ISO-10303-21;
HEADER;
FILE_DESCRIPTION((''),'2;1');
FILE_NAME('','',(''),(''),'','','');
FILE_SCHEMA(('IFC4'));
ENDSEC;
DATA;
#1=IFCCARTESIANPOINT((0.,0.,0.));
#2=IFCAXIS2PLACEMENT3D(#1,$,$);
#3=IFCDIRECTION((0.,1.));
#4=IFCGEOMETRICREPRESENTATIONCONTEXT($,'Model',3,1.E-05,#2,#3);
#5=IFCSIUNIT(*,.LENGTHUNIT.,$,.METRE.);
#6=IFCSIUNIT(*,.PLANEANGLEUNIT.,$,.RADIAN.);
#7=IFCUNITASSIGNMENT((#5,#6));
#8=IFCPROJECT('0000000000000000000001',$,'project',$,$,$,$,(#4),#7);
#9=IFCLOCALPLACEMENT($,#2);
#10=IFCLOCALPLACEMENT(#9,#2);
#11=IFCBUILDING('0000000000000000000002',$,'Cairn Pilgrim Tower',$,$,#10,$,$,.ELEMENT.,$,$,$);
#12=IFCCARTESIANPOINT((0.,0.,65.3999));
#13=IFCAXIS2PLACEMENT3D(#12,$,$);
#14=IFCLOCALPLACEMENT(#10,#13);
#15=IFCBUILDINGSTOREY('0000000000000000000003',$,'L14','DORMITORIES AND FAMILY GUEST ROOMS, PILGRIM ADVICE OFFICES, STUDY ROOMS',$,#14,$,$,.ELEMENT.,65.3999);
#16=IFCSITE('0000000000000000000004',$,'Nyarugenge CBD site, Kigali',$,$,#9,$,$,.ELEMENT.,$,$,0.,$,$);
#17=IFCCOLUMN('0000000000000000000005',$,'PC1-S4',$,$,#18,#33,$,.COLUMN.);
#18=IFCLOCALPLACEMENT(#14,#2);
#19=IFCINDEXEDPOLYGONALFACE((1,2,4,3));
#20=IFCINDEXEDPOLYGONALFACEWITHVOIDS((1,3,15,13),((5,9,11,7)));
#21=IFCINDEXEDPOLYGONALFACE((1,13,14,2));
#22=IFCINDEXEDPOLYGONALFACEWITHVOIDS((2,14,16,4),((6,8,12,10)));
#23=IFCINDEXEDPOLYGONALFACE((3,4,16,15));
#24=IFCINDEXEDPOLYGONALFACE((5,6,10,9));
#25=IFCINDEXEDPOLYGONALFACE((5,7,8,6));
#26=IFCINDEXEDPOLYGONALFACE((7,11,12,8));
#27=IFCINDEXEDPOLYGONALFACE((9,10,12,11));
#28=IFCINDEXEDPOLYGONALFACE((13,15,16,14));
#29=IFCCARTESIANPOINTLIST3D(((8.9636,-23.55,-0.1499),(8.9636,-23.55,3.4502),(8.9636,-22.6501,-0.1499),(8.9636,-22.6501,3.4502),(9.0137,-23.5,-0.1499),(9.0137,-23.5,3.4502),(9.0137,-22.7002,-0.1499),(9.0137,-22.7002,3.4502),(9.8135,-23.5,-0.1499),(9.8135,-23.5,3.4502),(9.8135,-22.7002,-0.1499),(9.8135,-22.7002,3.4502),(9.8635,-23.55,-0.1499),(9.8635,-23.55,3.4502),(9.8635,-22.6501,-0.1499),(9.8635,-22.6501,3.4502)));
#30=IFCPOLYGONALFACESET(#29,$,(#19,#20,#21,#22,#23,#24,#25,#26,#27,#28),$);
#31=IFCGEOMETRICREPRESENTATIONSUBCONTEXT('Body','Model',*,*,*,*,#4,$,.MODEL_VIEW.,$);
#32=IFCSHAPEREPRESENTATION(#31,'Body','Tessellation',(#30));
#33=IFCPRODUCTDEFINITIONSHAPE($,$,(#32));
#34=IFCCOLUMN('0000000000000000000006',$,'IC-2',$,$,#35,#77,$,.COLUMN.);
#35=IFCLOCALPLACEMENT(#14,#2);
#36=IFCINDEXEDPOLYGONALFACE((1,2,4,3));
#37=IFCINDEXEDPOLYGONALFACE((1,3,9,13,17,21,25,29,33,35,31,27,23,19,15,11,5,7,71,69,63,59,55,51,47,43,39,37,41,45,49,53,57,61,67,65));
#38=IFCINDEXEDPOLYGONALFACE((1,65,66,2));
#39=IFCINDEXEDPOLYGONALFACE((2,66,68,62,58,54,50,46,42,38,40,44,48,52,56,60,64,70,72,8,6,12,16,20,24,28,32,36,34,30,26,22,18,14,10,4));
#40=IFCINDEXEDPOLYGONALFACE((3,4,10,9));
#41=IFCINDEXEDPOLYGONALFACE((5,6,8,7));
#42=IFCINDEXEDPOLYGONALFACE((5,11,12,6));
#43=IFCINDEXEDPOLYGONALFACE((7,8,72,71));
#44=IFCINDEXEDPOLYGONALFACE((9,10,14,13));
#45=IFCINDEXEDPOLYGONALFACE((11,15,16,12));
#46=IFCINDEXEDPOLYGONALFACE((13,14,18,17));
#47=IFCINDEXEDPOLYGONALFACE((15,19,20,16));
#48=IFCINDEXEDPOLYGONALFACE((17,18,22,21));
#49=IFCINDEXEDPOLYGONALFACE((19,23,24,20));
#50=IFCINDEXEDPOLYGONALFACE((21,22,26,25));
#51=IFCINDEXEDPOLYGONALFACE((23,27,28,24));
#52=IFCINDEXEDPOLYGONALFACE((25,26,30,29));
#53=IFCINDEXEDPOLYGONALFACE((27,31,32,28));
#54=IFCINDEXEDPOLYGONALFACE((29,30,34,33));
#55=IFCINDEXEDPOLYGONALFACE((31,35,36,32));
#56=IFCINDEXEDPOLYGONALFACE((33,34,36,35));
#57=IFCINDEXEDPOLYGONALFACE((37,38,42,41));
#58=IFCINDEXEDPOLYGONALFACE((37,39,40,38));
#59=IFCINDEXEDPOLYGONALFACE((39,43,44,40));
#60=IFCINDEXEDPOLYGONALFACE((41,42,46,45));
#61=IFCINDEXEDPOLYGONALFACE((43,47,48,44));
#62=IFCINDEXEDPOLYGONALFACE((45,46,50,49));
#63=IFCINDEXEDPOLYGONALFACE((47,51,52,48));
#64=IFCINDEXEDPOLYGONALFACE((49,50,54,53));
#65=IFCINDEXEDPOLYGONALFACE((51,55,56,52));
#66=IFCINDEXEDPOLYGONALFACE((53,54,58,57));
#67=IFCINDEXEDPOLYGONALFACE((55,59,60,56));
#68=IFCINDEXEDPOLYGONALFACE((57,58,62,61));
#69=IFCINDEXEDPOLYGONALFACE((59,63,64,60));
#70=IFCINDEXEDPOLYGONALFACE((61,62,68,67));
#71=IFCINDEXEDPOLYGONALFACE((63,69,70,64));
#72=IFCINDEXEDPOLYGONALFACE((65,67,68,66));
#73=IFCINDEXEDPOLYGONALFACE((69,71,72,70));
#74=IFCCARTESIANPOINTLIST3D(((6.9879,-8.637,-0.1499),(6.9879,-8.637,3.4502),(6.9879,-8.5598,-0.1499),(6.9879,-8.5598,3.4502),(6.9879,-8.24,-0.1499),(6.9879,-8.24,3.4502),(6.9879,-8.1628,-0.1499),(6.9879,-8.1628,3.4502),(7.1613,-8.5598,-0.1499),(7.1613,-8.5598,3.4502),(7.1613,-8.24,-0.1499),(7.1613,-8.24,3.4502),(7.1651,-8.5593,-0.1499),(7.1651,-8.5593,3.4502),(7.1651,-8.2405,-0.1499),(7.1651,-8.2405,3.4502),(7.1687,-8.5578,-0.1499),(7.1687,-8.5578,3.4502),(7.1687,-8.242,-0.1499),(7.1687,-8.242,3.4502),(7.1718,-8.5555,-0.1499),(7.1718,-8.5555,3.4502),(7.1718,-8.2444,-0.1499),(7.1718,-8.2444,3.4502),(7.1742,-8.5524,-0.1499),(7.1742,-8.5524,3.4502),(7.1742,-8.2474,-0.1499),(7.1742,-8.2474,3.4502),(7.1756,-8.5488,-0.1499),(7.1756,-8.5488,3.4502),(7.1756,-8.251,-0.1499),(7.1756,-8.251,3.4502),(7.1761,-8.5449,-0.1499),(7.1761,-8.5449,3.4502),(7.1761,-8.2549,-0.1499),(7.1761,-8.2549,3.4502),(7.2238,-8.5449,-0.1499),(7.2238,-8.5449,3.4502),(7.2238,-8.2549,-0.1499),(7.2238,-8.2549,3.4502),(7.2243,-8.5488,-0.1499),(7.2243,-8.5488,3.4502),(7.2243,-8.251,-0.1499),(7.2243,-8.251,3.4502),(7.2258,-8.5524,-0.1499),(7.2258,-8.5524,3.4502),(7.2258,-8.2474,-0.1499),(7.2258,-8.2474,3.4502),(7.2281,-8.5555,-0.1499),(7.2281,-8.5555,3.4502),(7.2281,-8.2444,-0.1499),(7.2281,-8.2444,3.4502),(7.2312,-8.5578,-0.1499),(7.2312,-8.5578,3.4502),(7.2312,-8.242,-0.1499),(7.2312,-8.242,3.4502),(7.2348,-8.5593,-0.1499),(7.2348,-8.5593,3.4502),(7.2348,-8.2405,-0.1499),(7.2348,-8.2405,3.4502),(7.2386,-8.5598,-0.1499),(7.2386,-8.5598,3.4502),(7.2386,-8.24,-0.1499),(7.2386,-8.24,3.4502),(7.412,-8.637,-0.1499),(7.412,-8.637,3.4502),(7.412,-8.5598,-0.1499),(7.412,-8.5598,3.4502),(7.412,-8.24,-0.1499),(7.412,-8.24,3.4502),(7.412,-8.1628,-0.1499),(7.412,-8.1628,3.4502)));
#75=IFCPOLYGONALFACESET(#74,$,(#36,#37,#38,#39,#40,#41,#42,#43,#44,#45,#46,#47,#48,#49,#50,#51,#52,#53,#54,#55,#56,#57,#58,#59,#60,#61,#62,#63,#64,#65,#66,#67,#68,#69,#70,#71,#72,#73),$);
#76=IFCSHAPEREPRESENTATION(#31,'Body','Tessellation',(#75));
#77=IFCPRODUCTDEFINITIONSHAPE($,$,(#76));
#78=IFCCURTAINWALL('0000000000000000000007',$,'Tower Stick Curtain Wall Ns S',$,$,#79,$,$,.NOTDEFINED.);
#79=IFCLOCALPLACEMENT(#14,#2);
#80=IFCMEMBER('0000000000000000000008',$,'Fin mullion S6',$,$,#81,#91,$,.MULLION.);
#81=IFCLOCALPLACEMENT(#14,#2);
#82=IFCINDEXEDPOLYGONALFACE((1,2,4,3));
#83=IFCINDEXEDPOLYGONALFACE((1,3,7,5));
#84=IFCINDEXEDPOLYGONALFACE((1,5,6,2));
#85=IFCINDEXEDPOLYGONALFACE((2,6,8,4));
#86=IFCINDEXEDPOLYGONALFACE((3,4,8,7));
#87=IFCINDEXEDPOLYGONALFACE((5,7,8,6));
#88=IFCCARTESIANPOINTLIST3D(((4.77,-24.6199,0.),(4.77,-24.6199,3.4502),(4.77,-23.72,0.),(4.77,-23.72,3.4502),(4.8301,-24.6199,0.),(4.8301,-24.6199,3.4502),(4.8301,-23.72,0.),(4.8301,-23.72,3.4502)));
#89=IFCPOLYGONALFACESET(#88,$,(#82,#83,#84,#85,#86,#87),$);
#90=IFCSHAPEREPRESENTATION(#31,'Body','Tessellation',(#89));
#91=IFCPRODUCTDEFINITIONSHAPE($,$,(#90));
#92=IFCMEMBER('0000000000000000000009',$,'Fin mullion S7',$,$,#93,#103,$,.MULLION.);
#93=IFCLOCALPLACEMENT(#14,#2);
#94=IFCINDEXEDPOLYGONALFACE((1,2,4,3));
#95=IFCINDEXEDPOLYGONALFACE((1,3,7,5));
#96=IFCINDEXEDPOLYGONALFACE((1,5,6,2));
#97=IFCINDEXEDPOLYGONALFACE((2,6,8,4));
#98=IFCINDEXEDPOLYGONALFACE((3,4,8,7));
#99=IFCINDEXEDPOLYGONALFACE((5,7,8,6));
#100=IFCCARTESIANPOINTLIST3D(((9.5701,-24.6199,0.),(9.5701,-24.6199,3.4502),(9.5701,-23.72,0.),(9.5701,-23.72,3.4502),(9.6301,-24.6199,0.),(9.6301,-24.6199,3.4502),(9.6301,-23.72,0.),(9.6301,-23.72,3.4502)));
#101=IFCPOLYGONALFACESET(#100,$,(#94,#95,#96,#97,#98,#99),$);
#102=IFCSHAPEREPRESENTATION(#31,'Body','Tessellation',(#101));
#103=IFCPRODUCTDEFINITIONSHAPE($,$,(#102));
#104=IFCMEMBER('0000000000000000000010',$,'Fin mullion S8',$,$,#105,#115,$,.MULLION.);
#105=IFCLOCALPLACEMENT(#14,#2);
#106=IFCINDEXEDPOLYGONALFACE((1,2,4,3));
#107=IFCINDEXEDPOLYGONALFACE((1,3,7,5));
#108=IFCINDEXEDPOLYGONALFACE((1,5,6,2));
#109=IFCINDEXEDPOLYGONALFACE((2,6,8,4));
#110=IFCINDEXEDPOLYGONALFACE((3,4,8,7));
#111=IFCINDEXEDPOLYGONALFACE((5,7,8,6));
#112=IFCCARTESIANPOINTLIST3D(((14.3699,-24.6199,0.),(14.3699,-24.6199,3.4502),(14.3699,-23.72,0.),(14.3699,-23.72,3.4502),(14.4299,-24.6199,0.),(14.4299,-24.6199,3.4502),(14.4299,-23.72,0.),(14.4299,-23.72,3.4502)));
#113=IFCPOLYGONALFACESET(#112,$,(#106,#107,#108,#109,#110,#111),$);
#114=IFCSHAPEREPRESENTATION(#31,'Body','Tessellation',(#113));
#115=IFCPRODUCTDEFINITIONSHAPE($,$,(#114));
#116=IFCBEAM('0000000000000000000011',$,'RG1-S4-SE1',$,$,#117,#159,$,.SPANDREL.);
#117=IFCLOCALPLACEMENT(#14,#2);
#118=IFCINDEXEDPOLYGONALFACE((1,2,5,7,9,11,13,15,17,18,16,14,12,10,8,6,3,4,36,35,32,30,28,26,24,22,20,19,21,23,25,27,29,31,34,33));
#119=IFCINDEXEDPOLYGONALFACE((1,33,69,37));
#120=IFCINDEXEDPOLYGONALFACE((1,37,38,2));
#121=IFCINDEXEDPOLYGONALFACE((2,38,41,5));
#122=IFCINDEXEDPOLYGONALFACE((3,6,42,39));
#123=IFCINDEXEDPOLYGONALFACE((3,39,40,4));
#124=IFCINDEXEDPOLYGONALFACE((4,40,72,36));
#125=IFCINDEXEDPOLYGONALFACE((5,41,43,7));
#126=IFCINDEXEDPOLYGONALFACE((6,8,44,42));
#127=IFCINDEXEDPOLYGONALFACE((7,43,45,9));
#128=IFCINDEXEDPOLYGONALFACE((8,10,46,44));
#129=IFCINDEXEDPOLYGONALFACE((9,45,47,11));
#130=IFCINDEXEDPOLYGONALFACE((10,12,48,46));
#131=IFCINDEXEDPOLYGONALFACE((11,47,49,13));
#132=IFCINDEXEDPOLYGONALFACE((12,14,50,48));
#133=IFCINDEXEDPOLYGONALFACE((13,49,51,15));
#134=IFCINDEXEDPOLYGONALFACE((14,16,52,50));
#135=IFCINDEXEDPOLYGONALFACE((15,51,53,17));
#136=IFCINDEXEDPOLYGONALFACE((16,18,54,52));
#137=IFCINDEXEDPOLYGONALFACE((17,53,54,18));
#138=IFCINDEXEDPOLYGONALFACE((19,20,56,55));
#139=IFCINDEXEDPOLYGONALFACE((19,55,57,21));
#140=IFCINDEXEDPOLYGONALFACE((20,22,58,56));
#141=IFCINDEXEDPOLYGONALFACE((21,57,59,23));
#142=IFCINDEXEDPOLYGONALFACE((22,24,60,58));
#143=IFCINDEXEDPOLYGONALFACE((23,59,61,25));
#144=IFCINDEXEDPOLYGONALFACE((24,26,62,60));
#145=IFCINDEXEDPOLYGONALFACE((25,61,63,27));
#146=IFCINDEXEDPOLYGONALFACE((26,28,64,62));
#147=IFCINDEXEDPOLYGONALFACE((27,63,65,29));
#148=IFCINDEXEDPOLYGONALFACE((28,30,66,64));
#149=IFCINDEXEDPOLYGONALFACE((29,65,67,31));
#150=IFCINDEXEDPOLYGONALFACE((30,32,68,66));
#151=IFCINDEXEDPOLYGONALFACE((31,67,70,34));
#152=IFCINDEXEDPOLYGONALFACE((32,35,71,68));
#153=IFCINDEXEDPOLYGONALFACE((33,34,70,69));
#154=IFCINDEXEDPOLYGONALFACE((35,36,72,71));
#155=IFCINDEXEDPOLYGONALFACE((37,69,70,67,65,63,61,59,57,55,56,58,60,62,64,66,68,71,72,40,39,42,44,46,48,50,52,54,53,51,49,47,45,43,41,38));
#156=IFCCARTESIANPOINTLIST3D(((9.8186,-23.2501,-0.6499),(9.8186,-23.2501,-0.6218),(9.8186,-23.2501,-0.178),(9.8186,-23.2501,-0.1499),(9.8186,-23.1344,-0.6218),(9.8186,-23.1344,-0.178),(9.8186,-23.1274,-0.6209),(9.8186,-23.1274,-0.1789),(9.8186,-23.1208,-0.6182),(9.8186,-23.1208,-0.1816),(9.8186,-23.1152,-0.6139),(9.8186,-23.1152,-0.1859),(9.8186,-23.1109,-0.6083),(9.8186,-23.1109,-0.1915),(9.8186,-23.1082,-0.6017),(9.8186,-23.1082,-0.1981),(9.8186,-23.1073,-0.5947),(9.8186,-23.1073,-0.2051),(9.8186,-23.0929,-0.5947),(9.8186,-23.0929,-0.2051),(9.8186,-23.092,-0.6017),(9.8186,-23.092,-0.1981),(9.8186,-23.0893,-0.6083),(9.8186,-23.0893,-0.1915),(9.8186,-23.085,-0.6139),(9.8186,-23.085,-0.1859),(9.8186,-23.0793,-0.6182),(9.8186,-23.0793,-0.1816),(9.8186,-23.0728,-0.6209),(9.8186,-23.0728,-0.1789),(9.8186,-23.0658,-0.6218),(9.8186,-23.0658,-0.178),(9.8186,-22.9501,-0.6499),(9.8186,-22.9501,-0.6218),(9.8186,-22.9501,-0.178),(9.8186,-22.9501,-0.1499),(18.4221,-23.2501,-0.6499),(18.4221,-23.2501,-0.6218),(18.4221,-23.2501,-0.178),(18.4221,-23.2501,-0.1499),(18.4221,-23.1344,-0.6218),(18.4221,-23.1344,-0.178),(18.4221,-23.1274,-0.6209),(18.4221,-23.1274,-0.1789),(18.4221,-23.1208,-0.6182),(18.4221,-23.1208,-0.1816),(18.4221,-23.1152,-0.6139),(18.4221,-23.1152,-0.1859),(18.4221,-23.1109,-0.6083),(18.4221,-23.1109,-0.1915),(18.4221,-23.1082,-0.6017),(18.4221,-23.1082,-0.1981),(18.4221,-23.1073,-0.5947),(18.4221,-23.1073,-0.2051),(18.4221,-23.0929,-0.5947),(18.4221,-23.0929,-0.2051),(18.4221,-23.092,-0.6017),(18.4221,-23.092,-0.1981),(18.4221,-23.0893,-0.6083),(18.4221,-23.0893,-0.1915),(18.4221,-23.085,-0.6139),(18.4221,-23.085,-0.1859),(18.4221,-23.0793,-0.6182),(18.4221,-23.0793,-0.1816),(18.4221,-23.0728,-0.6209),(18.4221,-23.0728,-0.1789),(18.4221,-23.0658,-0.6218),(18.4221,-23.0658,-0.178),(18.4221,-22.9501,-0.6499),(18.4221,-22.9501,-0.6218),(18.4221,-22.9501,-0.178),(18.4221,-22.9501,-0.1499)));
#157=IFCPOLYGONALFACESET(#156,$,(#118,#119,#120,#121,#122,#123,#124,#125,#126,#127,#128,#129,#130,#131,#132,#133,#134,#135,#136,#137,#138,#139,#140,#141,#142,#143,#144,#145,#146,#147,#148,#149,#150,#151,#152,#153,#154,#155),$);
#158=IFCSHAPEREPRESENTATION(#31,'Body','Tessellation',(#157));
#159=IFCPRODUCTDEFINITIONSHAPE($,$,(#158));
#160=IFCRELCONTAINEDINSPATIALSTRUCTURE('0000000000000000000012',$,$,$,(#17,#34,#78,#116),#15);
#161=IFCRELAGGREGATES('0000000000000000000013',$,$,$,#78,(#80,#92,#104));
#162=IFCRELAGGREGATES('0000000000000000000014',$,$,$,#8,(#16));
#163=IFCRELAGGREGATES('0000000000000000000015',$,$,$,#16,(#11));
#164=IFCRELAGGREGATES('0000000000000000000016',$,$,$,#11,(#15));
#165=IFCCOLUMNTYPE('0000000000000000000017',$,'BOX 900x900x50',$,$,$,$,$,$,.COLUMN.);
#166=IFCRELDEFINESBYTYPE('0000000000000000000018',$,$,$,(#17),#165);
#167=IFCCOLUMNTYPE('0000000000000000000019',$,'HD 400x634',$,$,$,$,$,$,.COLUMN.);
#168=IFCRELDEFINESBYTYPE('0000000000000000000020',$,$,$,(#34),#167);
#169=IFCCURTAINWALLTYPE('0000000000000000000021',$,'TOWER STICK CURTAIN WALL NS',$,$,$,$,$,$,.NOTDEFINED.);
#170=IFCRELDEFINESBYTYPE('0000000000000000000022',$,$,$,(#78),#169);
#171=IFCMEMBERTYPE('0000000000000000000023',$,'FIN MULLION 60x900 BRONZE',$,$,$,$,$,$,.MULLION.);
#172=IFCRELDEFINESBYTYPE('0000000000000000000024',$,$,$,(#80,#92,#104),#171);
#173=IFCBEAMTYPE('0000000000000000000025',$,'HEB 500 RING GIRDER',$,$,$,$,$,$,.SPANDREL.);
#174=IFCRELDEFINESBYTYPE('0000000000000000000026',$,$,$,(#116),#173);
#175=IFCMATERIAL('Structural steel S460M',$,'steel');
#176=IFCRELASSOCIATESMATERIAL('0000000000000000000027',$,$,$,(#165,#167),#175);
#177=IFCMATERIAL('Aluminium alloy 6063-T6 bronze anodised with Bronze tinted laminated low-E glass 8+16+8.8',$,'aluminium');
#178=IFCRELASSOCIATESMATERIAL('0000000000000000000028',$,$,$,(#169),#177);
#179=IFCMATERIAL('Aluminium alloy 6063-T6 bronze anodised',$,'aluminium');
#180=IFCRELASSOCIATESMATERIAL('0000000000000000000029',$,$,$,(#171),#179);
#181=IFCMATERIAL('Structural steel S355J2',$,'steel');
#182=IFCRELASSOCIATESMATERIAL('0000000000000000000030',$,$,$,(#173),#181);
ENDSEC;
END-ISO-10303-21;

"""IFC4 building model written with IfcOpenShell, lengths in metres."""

from ifc_helpers import new_model, si_unit, direction, frame, origin, origin_2d, place, context, subcontext, project, spatial, rectangle, hollow_rectangle, i_section, extrude, material, material_profile, profile_set, type_object, element, aggregate, save


model = new_model("IFC4")

# Units and contexts
model_context = context("Model", 3, precision=1e-05, world=origin(), true_north=direction((0.0, 1.0)))
body_context = subcontext(model_context, "Body", "Model", "MODEL_VIEW")
ifc_project = project(units=[si_unit("LENGTHUNIT", "METRE"), si_unit("PLANEANGLEUNIT", "RADIAN")], contexts=[model_context])

# Site, building, storey
site_placement = place(None, origin())
site = spatial("IfcSite", under=ifc_project, at=site_placement, Name="Nyarugenge CBD site, Kigali", CompositionType="ELEMENT", RefElevation=0.0)
building_placement = place(site_placement, origin())
building = spatial("IfcBuilding", under=site, at=building_placement, Name="Cairn Pilgrim Tower", CompositionType="ELEMENT")
storey_placement = place(building_placement, frame((0.0, 0.0, 65.3999)))
storey = spatial("IfcBuildingStorey", under=building, at=storey_placement, Name="L14", Description="DORMITORIES AND FAMILY GUEST ROOMS, PILGRIM ADVICE OFFICES, STUDY ROOMS", CompositionType="ELEMENT", Elevation=65.3999)

# Columns
ifc_material_1 = material(Name="Structural steel S460M", Category="steel")
ifc_material_profile_1 = material_profile(ifc_material_1, hollow_rectangle(XDim=0.8999, YDim=0.8999, WallThickness=0.05, at=origin_2d()), Name="BOX 900x900x50")
ifc_profile_set_1 = profile_set([ifc_material_profile_1], Name="Structural steel S460M")
column_type_1 = type_object("IfcColumnType", Name="BOX 900x900x50", PredefinedType="COLUMN", material=ifc_profile_set_1)
column_1_placement = place(storey_placement, frame((9.4136, -23.1001, -0.1499), z_axis=(0.0, 0.0, 1.0), x_axis=(1.0, 0.0, 0.0)))
element("IfcColumn", 1, at=column_1_placement, inside=storey, type_object=column_type_1, Name="PC1-S4", PredefinedType="COLUMN", context=body_context, shape_type="SweptSolid", body=[
    extrude(hollow_rectangle(XDim=0.8999, YDim=0.8999, WallThickness=0.05, at=origin_2d()), origin(), (0.0, 0.0, 1.0), 3.6001),
])
ifc_material_profile_2 = material_profile(ifc_material_1, i_section(OverallWidth=0.4241, OverallDepth=0.4741, WebThickness=0.0476, FlangeThickness=0.0771, FilletRadius=0.0149, at=origin_2d()), Name="HD 400x634")
ifc_profile_set_2 = profile_set([ifc_material_profile_2], Name="Structural steel S460M")
column_type_2 = type_object("IfcColumnType", Name="HD 400x634", PredefinedType="COLUMN", material=ifc_profile_set_2)
column_2_placement = place(storey_placement, frame((7.2, -8.3999, -0.1499), z_axis=(0.0, 0.0, 1.0), x_axis=(1.0, 0.0, 0.0)))
element("IfcColumn", 2, at=column_2_placement, inside=storey, type_object=column_type_2, Name="IC-2", PredefinedType="COLUMN", context=body_context, shape_type="SweptSolid", body=[
    extrude(i_section(OverallWidth=0.4241, OverallDepth=0.4741, WebThickness=0.0476, FlangeThickness=0.0771, FilletRadius=0.0149, at=origin_2d()), origin(), (0.0, 0.0, 1.0), 3.6001),
])

# Curtain wall, members
ifc_material_2 = material(Name="Aluminium alloy 6063-T6 bronze anodised with Bronze tinted laminated low-E glass 8+16+8.8", Category="aluminium")
curtain_wall_type = type_object("IfcCurtainWallType", Name="TOWER STICK CURTAIN WALL NS", PredefinedType="NOTDEFINED", material=ifc_material_2)
curtain_wall_placement = place(storey_placement, origin())
curtain_wall = element("IfcCurtainWall", 3, at=curtain_wall_placement, inside=storey, type_object=curtain_wall_type, Name="Tower Stick Curtain Wall Ns S", PredefinedType="NOTDEFINED")
ifc_material_3 = material(Name="Aluminium alloy 6063-T6 bronze anodised", Category="aluminium")
ifc_material_profile_3 = material_profile(ifc_material_3, rectangle(XDim=0.8999, YDim=0.0601, at=origin_2d()), Name="FIN MULLION 60x900 BRONZE")
ifc_profile_set_3 = profile_set([ifc_material_profile_3], Name="Aluminium alloy 6063-T6 bronze anodised")
member_type_1 = type_object("IfcMemberType", Name="FIN MULLION 60x900 BRONZE", PredefinedType="MULLION", material=ifc_profile_set_3)
member_1_placement = place(storey_placement, frame((4.8, -24.1699, 0.0), z_axis=(0.0, 0.0, 1.0), x_axis=(0.0, -1.0, 0.0)))
member_1 = element("IfcMember", 4, at=member_1_placement, type_object=member_type_1, Name="Fin mullion S6", PredefinedType="MULLION", context=body_context, shape_type="SweptSolid", body=[
    extrude(rectangle(XDim=0.8999, YDim=0.0601, at=origin_2d()), origin(), (0.0, 0.0, 1.0), 3.4502),
])
member_2_placement = place(storey_placement, frame((9.6001, -24.1699, 0.0), z_axis=(0.0, 0.0, 1.0), x_axis=(0.0, -1.0, 0.0)))
member_2 = element("IfcMember", 5, at=member_2_placement, type_object=member_type_1, Name="Fin mullion S7", PredefinedType="MULLION", context=body_context, shape_type="SweptSolid", body=[
    extrude(rectangle(XDim=0.8999, YDim=0.0601, at=origin_2d()), origin(), (0.0, 0.0, 1.0), 3.4502),
])
member_3_placement = place(storey_placement, frame((14.3999, -24.1699, 0.0), z_axis=(0.0, 0.0, 1.0), x_axis=(0.0, -1.0, 0.0)))
member_3 = element("IfcMember", 6, at=member_3_placement, type_object=member_type_1, Name="Fin mullion S8", PredefinedType="MULLION", context=body_context, shape_type="SweptSolid", body=[
    extrude(rectangle(XDim=0.8999, YDim=0.0601, at=origin_2d()), origin(), (0.0, 0.0, 1.0), 3.4502),
])

# Beam
ifc_material_4 = material(Name="Structural steel S355J2", Category="steel")
ifc_material_profile_4 = material_profile(ifc_material_4, i_section(OverallWidth=0.3, OverallDepth=0.5, WebThickness=0.0144, FlangeThickness=0.0281, FilletRadius=0.0271, at=origin_2d()), Name="HEB 500")
ifc_profile_set_4 = profile_set([ifc_material_profile_4], Name="Structural steel S355J2")
beam_type_1 = type_object("IfcBeamType", Name="HEB 500 RING GIRDER", PredefinedType="SPANDREL", material=ifc_profile_set_4)
beam_1_placement = place(storey_placement, frame((9.8186, -23.1001, -0.3999), z_axis=(1.0, 0.0, 0.0), x_axis=(0.0, 1.0, 0.0)))
element("IfcBeam", 7, at=beam_1_placement, inside=storey, type_object=beam_type_1, Name="RG1-S4-SE1", PredefinedType="SPANDREL", context=body_context, shape_type="SweptSolid", body=[
    extrude(i_section(OverallWidth=0.3, OverallDepth=0.5, WebThickness=0.0144, FlangeThickness=0.0281, FilletRadius=0.0271, at=origin_2d()), origin(), (0.0, 0.0, 1.0), 8.6035),
])

aggregate(curtain_wall, [member_1, member_2, member_3])

save(model, "model.ifc")
